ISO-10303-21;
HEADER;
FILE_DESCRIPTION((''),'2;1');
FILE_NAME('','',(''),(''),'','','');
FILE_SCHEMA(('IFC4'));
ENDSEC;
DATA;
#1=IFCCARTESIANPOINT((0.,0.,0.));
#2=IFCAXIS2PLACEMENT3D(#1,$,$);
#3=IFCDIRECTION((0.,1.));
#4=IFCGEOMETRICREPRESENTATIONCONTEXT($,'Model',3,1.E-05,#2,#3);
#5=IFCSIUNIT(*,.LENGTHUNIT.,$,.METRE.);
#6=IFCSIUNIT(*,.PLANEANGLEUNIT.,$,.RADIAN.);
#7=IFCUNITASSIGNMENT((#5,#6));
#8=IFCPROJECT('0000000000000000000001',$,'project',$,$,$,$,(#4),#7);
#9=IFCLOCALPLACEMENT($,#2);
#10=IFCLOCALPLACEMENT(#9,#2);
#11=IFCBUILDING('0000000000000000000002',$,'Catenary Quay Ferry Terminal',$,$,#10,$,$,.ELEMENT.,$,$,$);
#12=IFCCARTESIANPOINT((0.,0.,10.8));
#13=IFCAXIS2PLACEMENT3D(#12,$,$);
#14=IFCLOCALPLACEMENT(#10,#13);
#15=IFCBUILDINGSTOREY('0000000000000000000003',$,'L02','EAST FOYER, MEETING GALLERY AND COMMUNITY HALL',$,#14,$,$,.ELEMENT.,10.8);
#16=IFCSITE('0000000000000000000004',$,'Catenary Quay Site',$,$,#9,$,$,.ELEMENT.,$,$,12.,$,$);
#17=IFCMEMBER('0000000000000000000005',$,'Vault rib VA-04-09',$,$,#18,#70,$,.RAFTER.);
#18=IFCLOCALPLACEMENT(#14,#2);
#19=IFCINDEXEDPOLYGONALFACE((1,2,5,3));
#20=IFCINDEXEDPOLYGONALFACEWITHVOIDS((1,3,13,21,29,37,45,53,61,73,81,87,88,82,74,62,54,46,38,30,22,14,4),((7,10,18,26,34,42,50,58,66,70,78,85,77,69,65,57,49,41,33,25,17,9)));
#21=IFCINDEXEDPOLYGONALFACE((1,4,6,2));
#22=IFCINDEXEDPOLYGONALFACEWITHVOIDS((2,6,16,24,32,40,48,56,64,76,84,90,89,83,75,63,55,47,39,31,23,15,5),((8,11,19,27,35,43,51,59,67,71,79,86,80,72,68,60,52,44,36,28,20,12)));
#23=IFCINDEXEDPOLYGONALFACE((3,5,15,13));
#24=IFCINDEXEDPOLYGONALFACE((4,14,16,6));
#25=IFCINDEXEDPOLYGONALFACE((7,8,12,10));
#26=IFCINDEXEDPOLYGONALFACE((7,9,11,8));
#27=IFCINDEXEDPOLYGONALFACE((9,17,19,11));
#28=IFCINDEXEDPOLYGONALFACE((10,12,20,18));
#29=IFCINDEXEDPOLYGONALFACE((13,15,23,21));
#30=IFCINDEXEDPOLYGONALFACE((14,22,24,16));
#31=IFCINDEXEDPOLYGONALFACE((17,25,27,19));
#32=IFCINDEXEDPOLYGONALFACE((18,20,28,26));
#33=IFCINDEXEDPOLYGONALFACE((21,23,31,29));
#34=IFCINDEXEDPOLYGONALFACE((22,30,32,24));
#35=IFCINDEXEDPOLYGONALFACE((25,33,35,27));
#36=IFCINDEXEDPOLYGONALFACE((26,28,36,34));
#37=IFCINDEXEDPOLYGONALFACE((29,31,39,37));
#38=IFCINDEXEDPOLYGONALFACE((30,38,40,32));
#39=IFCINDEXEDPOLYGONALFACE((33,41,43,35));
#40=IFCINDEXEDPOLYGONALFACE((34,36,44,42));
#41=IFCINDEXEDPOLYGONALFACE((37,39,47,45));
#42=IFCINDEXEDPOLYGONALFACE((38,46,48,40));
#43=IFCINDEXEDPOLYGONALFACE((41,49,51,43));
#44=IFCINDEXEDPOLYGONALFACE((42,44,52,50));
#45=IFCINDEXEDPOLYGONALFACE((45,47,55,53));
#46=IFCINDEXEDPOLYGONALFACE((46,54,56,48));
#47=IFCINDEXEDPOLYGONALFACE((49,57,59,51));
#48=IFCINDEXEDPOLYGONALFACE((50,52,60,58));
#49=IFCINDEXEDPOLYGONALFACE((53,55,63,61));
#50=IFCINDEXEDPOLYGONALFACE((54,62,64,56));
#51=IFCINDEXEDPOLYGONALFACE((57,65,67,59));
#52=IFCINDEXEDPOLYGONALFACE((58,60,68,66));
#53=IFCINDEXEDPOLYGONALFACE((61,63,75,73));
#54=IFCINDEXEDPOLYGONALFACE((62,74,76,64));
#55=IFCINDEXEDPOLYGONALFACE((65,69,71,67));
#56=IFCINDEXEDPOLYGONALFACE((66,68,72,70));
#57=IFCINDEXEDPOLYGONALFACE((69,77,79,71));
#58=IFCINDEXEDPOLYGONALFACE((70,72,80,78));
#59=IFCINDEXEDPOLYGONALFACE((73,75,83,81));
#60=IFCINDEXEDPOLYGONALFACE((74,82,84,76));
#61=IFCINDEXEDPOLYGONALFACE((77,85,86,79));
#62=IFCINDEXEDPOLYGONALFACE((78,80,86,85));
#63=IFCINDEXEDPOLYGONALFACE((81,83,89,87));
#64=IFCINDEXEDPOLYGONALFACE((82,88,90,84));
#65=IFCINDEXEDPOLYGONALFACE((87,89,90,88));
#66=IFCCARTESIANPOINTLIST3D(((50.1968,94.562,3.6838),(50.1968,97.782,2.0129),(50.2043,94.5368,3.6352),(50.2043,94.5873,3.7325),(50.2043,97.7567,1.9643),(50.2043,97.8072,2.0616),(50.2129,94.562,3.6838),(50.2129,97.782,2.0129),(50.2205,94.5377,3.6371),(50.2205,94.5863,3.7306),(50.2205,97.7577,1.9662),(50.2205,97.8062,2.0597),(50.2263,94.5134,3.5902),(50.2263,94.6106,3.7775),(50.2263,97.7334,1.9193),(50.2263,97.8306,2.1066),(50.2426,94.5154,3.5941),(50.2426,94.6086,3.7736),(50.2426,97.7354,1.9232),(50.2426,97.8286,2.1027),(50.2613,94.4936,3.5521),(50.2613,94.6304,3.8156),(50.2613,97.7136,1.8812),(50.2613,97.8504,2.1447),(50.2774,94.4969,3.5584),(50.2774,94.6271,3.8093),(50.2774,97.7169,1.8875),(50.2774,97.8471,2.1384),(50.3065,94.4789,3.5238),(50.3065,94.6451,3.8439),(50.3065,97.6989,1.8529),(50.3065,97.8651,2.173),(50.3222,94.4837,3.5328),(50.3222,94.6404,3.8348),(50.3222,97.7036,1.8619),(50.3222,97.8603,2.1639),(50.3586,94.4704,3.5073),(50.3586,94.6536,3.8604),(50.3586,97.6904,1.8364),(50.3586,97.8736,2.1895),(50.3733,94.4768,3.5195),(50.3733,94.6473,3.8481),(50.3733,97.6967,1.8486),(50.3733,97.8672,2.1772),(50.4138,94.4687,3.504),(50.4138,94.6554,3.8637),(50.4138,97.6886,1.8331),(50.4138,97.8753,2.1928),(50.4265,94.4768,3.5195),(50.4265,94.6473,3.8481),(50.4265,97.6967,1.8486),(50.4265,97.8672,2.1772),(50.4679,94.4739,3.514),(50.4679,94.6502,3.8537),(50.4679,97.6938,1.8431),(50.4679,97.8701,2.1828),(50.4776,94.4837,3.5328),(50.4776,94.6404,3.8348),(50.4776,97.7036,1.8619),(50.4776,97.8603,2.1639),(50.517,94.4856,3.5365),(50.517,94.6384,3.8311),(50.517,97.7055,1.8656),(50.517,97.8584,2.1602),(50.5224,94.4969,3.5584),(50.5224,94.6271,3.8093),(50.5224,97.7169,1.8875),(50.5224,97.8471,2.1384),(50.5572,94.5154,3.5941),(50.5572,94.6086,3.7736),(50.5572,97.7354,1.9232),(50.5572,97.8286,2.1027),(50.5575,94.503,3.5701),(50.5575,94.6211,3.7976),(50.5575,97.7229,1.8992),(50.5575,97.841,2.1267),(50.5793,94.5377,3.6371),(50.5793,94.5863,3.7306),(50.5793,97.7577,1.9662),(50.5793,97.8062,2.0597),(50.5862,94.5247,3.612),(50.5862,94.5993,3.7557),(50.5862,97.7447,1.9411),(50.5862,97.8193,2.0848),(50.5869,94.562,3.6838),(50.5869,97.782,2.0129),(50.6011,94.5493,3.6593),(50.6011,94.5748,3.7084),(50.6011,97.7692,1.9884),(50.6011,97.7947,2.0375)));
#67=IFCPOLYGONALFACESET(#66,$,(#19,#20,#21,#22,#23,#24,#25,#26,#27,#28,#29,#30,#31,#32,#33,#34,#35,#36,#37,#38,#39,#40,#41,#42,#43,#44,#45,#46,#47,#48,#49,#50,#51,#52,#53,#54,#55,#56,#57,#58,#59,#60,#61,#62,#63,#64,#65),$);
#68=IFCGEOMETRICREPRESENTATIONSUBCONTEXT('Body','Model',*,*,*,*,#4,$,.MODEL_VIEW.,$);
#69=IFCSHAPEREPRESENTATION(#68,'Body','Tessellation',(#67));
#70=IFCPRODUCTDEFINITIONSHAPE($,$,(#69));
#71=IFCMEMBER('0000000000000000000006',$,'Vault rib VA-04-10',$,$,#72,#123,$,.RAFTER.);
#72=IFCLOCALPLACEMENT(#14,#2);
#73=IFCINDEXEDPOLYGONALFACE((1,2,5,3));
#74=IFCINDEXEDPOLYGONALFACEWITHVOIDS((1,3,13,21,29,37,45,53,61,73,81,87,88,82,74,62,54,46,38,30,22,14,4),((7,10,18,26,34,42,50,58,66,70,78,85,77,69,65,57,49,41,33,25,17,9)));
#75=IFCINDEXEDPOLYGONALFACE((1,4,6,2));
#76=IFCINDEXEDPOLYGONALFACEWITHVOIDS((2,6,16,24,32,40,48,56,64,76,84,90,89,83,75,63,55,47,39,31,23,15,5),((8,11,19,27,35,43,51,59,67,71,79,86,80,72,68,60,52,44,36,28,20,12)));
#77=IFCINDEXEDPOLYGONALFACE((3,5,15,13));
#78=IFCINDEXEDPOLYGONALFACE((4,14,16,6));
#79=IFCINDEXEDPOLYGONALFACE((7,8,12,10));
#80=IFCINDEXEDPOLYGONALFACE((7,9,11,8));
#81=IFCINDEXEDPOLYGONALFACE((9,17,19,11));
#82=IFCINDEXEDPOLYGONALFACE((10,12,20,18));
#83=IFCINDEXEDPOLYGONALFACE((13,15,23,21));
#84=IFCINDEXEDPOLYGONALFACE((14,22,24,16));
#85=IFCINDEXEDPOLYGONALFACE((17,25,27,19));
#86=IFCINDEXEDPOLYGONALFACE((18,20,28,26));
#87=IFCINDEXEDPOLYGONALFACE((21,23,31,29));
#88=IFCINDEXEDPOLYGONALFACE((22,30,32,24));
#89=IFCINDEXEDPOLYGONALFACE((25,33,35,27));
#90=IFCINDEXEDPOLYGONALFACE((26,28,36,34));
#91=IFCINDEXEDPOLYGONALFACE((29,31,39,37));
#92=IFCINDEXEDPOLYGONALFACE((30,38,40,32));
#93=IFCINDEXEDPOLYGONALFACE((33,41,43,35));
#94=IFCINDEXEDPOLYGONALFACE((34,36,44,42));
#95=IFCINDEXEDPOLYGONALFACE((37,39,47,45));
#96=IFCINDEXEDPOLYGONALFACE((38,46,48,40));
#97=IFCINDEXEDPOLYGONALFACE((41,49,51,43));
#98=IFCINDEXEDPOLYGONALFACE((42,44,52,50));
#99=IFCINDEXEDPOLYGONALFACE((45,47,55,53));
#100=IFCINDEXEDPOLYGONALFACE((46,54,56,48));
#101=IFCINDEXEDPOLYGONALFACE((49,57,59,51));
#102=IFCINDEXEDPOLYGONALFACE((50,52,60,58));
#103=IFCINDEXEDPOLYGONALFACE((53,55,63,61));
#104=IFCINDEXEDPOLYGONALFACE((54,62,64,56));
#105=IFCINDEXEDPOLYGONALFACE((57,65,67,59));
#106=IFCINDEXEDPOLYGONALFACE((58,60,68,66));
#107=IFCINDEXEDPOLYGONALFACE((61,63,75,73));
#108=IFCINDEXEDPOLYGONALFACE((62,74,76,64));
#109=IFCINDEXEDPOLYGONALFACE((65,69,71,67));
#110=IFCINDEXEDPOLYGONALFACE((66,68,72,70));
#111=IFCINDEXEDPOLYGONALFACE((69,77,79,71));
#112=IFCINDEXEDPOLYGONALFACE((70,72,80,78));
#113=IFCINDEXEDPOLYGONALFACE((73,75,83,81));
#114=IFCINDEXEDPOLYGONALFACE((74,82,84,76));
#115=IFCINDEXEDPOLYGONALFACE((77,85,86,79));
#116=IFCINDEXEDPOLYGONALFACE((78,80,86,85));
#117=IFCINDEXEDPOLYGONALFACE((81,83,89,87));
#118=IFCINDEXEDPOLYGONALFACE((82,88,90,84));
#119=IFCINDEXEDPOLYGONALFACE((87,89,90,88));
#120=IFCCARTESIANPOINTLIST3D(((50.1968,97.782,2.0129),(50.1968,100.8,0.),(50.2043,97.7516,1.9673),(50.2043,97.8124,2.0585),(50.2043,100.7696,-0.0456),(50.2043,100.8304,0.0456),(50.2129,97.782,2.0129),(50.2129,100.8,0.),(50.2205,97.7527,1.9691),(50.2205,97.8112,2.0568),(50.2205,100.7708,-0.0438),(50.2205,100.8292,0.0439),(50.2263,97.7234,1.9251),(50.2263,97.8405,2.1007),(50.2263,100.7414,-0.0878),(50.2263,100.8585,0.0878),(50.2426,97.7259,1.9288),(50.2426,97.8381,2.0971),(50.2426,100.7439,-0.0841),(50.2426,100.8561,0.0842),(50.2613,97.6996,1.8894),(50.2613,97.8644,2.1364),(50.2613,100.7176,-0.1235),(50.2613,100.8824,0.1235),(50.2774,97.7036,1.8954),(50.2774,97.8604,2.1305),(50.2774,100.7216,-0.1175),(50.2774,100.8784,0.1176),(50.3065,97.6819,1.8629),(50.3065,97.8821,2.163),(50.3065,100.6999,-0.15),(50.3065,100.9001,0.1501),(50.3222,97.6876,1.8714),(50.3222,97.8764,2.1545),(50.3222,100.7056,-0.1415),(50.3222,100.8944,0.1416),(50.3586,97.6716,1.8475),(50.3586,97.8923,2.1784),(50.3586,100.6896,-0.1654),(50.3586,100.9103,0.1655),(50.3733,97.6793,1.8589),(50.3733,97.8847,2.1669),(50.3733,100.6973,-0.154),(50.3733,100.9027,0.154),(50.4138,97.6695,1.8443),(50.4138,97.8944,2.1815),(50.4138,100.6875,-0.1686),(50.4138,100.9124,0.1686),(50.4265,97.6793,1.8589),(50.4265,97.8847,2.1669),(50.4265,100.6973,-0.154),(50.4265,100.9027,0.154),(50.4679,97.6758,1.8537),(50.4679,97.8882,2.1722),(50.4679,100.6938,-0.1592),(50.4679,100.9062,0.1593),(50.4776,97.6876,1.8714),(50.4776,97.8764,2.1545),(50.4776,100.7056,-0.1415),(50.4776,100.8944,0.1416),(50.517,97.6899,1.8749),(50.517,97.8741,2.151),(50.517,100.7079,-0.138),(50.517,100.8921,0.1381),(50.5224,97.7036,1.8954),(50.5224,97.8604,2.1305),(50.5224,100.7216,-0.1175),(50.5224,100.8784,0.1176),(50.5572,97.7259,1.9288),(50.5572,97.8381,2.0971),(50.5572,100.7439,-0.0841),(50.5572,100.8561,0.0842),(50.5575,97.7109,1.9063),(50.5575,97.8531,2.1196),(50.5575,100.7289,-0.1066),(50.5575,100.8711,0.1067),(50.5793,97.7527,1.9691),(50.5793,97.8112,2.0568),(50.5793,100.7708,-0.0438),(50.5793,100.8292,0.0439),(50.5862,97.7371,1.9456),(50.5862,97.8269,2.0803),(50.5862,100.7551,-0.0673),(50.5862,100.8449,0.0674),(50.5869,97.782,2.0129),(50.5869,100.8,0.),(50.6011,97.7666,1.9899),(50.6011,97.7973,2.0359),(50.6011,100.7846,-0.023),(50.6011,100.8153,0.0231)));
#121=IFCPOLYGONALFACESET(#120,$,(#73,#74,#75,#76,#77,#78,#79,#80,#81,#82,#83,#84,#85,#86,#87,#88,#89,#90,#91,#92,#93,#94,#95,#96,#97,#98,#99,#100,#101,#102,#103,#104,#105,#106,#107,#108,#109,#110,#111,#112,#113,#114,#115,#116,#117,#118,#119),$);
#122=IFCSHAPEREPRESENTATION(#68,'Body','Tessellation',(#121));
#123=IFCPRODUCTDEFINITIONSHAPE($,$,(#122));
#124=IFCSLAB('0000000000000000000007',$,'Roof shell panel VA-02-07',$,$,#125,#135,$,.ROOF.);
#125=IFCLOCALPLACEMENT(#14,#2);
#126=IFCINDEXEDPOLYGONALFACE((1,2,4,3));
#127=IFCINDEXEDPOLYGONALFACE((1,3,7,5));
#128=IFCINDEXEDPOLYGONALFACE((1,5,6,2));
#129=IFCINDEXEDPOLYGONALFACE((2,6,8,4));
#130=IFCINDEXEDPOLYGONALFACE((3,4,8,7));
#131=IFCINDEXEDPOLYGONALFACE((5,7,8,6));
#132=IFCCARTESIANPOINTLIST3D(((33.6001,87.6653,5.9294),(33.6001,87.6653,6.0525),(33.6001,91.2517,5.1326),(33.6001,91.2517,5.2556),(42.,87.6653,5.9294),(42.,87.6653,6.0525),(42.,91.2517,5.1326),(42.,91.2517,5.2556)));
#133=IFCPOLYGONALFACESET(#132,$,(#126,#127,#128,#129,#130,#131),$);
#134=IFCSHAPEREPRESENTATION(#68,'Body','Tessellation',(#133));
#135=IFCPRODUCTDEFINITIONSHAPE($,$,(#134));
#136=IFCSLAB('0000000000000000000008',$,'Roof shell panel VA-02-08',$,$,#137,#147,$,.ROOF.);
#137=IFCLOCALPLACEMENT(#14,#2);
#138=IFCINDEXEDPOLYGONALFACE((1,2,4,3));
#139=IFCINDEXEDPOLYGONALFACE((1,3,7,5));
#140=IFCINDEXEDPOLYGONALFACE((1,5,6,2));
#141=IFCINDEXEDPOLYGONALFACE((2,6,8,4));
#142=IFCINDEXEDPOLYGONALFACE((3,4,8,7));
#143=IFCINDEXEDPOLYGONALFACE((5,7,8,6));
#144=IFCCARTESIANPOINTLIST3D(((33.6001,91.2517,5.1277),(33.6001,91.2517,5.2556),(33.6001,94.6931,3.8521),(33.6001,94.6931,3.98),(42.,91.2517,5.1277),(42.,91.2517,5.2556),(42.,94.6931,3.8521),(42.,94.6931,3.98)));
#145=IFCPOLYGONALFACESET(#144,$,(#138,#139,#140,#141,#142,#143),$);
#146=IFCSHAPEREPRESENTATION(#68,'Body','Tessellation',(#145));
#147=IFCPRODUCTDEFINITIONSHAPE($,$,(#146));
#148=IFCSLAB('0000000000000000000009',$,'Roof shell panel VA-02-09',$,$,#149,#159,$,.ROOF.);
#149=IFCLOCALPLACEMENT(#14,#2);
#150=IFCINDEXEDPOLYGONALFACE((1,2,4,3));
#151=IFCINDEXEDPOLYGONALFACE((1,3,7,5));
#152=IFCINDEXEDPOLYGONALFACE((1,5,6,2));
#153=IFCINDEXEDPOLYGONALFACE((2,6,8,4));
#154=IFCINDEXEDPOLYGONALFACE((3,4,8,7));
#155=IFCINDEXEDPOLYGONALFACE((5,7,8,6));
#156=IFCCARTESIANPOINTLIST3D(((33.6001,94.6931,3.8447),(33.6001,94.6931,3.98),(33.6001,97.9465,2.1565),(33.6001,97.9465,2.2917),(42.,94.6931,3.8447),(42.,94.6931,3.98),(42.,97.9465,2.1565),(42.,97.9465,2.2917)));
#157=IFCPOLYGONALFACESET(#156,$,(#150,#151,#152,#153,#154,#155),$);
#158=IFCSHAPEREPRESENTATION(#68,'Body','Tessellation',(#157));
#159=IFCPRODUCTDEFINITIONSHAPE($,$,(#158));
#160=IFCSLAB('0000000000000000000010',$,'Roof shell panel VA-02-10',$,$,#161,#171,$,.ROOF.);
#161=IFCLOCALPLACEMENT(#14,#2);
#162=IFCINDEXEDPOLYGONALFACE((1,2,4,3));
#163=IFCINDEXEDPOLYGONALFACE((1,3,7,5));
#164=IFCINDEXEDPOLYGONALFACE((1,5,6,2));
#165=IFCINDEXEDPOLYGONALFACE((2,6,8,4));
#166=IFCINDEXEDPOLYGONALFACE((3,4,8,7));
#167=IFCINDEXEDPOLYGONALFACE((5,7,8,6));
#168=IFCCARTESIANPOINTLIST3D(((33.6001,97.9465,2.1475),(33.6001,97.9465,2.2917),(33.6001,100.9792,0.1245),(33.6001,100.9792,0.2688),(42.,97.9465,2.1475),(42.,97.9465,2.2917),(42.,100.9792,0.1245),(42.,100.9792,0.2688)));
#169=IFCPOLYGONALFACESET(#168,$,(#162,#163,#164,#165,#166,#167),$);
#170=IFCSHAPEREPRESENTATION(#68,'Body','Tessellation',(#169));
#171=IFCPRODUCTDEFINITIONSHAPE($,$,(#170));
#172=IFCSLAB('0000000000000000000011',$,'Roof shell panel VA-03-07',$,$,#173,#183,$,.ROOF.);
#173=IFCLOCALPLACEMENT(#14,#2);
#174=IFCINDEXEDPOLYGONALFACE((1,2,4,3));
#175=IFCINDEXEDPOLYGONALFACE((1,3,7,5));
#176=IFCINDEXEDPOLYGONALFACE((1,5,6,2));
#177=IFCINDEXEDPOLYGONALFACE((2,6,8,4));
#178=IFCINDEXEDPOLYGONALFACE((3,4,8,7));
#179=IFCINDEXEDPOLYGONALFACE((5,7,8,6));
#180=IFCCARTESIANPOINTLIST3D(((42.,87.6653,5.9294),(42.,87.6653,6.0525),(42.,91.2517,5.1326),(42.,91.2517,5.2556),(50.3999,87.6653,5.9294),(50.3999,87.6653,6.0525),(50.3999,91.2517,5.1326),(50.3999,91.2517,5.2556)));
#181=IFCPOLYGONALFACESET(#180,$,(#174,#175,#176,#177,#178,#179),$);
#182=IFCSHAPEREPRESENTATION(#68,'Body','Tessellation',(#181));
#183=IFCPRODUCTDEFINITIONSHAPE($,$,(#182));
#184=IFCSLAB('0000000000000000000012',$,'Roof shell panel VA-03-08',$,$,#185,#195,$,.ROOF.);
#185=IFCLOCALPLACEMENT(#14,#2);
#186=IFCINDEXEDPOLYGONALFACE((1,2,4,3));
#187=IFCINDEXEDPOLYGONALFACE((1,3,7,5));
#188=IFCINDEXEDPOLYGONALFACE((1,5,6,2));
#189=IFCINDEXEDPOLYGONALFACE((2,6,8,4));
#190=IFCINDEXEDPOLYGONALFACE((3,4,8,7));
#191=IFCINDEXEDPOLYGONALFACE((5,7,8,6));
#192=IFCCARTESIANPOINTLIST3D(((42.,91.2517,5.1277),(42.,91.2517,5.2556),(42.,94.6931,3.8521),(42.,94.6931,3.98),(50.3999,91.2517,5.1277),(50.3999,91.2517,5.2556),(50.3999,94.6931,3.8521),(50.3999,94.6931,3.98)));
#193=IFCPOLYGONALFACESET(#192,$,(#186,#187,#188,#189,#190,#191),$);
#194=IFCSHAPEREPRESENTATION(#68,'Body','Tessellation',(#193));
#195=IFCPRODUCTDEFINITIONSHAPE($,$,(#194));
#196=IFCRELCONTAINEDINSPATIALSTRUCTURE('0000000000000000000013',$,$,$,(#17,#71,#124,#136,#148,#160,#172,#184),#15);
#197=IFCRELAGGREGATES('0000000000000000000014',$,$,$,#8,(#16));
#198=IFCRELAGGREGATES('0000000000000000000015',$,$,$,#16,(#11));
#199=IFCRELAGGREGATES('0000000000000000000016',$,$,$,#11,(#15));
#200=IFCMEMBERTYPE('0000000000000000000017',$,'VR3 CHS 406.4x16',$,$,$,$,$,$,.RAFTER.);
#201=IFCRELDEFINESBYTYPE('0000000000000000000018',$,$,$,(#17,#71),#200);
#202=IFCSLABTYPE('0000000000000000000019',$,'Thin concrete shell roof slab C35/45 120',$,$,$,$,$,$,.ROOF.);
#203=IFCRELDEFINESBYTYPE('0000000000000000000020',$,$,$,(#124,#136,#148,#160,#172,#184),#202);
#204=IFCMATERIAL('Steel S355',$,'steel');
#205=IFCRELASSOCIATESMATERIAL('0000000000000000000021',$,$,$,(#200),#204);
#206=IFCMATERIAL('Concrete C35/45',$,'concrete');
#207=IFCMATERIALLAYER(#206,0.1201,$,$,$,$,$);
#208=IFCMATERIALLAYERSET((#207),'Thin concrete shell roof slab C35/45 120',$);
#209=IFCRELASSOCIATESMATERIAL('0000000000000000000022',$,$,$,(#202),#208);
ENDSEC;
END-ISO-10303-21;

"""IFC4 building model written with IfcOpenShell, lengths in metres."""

from ifc_helpers import new_model, si_unit, direction, frame, origin, origin_2d, place, context, subcontext, project, spatial, polyline, hollow_circle, outline, extrude, material, layer, layer_set, material_profile, profile_set, type_object, element, save


model = new_model("IFC4")

# Units and contexts
model_context = context("Model", 3, precision=1e-05, world=origin(), true_north=direction((0.0, 1.0)))
body_context = subcontext(model_context, "Body", "Model", "MODEL_VIEW")
ifc_project = project(units=[si_unit("LENGTHUNIT", "METRE"), si_unit("PLANEANGLEUNIT", "RADIAN")], contexts=[model_context])

# Site, building, storey
site_placement = place(None, origin())
site = spatial("IfcSite", under=ifc_project, at=site_placement, Name="Catenary Quay Site", CompositionType="ELEMENT", RefElevation=12.0)
building_placement = place(site_placement, origin())
building = spatial("IfcBuilding", under=site, at=building_placement, Name="Catenary Quay Ferry Terminal", CompositionType="ELEMENT")
storey_placement = place(building_placement, frame((0.0, 0.0, 10.8)))
storey = spatial("IfcBuildingStorey", under=building, at=storey_placement, Name="L02", Description="EAST FOYER, MEETING GALLERY AND COMMUNITY HALL", CompositionType="ELEMENT", Elevation=10.8)

# Members
ifc_material_1 = material(Name="Steel S355", Category="steel")
ifc_material_profile_1 = material_profile(ifc_material_1, hollow_circle(Radius=0.2031, WallThickness=0.0161, at=origin_2d()), Name="CHS 406.4x16")
ifc_profile_set_1 = profile_set([ifc_material_profile_1], Name="Steel S355")
member_type_1 = type_object("IfcMemberType", Name="VR3 CHS 406.4x16", PredefinedType="RAFTER", material=ifc_profile_set_1)
for number, where, z_axis, x_axis, name in (
    (1, (50.3999, 94.562, 3.6838), (0.0, 0.88761, -0.460596), (-1.0, 0.0, 0.0), "Vault rib VA-04-09"),
    (2, (50.3999, 97.782, 2.0129), (0.0, 0.831936, -0.554871), (-1.0, 0.0, 0.0), "Vault rib VA-04-10"),
):
    element("IfcMember", number, at=place(storey_placement, frame(where, z_axis=z_axis, x_axis=x_axis)), inside=storey, type_object=member_type_1, Name=name, PredefinedType="RAFTER", context=body_context, shape_type="SweptSolid", body=[
        extrude(hollow_circle(Radius=0.2031, WallThickness=0.0161, at=origin_2d()), origin(), (0.0, 0.0, 1.0), 3.6277),
    ])

# Slabs
ifc_material_2 = material(Name="Concrete C35/45", Category="concrete")
ifc_layer_1 = layer(ifc_material_2, 0.1201)
ifc_layer_set_1 = layer_set([ifc_layer_1], Name="Thin concrete shell roof slab C35/45 120")
slab_type = type_object("IfcSlabType", Name="Thin concrete shell roof slab C35/45 120", PredefinedType="ROOF", material=ifc_layer_set_1)
slab_1_placement = place(storey_placement, frame((33.6001, 87.6653, 6.0525), z_axis=(0.0, 0.216902, 0.976193), x_axis=(1.0, 0.0, 0.0)))
element("IfcSlab", 3, at=slab_1_placement, inside=storey, type_object=slab_type, Name="Roof shell panel VA-02-07", PredefinedType="ROOF", context=body_context, shape_type="SweptSolid", body=[
    extrude(outline(polyline([(0.0, 0.0), (8.3999, 0.0), (8.3999, 3.6739), (0.0, 3.6739), (0.0, 0.0)])), origin(), (0.0, 0.216902, -0.976193), 0.123),
])
slab_2_placement = place(storey_placement, frame((33.6001, 91.2517, 5.2556), z_axis=(0.0, 0.347563, 0.937656), x_axis=(1.0, 0.0, 0.0)))
element("IfcSlab", 4, at=slab_2_placement, inside=storey, type_object=slab_type, Name="Roof shell panel VA-02-08", PredefinedType="ROOF", context=body_context, shape_type="SweptSolid", body=[
    extrude(outline(polyline([(0.0, 0.0), (8.3999, 0.0), (8.3999, 3.6702), (0.0, 3.6702), (0.0, 0.0)])), origin(), (0.0, 0.347563, -0.937656), 0.1279),
])
slab_3_placement = place(storey_placement, frame((33.6001, 94.6931, 3.98), z_axis=(0.0, 0.460591, 0.887612), x_axis=(1.0, 0.0, 0.0)))
element("IfcSlab", 5, at=slab_3_placement, inside=storey, type_object=slab_type, Name="Roof shell panel VA-02-09", PredefinedType="ROOF", context=body_context, shape_type="SweptSolid", body=[
    extrude(outline(polyline([(0.0, 0.0), (8.3999, 0.0), (8.3999, 3.6654), (0.0, 3.6654), (0.0, 0.0)])), origin(), (0.0, 0.460591, -0.887612), 0.1353),
])
slab_4_placement = place(storey_placement, frame((33.6001, 97.9465, 2.2917), z_axis=(0.0, 0.554917, 0.831906), x_axis=(1.0, 0.0, 0.0)))
element("IfcSlab", 6, at=slab_4_placement, inside=storey, type_object=slab_type, Name="Roof shell panel VA-02-10", PredefinedType="ROOF", context=body_context, shape_type="SweptSolid", body=[
    extrude(outline(polyline([(0.0, 0.0), (8.3999, 0.0), (8.3999, 3.6455), (0.0, 3.6455), (0.0, 0.0)])), origin(), (0.0, 0.554917, -0.831906), 0.1443),
])
slab_5_placement = place(storey_placement, frame((42.0, 87.6653, 6.0525), z_axis=(0.0, 0.216902, 0.976193), x_axis=(1.0, 0.0, 0.0)))
element("IfcSlab", 7, at=slab_5_placement, inside=storey, type_object=slab_type, Name="Roof shell panel VA-03-07", PredefinedType="ROOF", context=body_context, shape_type="SweptSolid", body=[
    extrude(outline(polyline([(0.0, 0.0), (8.3999, 0.0), (8.3999, 3.6739), (0.0, 3.6739), (0.0, 0.0)])), origin(), (0.0, 0.216902, -0.976193), 0.123),
])
slab_6_placement = place(storey_placement, frame((42.0, 91.2517, 5.2556), z_axis=(0.0, 0.347563, 0.937656), x_axis=(1.0, 0.0, 0.0)))
element("IfcSlab", 8, at=slab_6_placement, inside=storey, type_object=slab_type, Name="Roof shell panel VA-03-08", PredefinedType="ROOF", context=body_context, shape_type="SweptSolid", body=[
    extrude(outline(polyline([(0.0, 0.0), (8.3999, 0.0), (8.3999, 3.6702), (0.0, 3.6702), (0.0, 0.0)])), origin(), (0.0, 0.347563, -0.937656), 0.1279),
])

save(model, "model.ifc")
